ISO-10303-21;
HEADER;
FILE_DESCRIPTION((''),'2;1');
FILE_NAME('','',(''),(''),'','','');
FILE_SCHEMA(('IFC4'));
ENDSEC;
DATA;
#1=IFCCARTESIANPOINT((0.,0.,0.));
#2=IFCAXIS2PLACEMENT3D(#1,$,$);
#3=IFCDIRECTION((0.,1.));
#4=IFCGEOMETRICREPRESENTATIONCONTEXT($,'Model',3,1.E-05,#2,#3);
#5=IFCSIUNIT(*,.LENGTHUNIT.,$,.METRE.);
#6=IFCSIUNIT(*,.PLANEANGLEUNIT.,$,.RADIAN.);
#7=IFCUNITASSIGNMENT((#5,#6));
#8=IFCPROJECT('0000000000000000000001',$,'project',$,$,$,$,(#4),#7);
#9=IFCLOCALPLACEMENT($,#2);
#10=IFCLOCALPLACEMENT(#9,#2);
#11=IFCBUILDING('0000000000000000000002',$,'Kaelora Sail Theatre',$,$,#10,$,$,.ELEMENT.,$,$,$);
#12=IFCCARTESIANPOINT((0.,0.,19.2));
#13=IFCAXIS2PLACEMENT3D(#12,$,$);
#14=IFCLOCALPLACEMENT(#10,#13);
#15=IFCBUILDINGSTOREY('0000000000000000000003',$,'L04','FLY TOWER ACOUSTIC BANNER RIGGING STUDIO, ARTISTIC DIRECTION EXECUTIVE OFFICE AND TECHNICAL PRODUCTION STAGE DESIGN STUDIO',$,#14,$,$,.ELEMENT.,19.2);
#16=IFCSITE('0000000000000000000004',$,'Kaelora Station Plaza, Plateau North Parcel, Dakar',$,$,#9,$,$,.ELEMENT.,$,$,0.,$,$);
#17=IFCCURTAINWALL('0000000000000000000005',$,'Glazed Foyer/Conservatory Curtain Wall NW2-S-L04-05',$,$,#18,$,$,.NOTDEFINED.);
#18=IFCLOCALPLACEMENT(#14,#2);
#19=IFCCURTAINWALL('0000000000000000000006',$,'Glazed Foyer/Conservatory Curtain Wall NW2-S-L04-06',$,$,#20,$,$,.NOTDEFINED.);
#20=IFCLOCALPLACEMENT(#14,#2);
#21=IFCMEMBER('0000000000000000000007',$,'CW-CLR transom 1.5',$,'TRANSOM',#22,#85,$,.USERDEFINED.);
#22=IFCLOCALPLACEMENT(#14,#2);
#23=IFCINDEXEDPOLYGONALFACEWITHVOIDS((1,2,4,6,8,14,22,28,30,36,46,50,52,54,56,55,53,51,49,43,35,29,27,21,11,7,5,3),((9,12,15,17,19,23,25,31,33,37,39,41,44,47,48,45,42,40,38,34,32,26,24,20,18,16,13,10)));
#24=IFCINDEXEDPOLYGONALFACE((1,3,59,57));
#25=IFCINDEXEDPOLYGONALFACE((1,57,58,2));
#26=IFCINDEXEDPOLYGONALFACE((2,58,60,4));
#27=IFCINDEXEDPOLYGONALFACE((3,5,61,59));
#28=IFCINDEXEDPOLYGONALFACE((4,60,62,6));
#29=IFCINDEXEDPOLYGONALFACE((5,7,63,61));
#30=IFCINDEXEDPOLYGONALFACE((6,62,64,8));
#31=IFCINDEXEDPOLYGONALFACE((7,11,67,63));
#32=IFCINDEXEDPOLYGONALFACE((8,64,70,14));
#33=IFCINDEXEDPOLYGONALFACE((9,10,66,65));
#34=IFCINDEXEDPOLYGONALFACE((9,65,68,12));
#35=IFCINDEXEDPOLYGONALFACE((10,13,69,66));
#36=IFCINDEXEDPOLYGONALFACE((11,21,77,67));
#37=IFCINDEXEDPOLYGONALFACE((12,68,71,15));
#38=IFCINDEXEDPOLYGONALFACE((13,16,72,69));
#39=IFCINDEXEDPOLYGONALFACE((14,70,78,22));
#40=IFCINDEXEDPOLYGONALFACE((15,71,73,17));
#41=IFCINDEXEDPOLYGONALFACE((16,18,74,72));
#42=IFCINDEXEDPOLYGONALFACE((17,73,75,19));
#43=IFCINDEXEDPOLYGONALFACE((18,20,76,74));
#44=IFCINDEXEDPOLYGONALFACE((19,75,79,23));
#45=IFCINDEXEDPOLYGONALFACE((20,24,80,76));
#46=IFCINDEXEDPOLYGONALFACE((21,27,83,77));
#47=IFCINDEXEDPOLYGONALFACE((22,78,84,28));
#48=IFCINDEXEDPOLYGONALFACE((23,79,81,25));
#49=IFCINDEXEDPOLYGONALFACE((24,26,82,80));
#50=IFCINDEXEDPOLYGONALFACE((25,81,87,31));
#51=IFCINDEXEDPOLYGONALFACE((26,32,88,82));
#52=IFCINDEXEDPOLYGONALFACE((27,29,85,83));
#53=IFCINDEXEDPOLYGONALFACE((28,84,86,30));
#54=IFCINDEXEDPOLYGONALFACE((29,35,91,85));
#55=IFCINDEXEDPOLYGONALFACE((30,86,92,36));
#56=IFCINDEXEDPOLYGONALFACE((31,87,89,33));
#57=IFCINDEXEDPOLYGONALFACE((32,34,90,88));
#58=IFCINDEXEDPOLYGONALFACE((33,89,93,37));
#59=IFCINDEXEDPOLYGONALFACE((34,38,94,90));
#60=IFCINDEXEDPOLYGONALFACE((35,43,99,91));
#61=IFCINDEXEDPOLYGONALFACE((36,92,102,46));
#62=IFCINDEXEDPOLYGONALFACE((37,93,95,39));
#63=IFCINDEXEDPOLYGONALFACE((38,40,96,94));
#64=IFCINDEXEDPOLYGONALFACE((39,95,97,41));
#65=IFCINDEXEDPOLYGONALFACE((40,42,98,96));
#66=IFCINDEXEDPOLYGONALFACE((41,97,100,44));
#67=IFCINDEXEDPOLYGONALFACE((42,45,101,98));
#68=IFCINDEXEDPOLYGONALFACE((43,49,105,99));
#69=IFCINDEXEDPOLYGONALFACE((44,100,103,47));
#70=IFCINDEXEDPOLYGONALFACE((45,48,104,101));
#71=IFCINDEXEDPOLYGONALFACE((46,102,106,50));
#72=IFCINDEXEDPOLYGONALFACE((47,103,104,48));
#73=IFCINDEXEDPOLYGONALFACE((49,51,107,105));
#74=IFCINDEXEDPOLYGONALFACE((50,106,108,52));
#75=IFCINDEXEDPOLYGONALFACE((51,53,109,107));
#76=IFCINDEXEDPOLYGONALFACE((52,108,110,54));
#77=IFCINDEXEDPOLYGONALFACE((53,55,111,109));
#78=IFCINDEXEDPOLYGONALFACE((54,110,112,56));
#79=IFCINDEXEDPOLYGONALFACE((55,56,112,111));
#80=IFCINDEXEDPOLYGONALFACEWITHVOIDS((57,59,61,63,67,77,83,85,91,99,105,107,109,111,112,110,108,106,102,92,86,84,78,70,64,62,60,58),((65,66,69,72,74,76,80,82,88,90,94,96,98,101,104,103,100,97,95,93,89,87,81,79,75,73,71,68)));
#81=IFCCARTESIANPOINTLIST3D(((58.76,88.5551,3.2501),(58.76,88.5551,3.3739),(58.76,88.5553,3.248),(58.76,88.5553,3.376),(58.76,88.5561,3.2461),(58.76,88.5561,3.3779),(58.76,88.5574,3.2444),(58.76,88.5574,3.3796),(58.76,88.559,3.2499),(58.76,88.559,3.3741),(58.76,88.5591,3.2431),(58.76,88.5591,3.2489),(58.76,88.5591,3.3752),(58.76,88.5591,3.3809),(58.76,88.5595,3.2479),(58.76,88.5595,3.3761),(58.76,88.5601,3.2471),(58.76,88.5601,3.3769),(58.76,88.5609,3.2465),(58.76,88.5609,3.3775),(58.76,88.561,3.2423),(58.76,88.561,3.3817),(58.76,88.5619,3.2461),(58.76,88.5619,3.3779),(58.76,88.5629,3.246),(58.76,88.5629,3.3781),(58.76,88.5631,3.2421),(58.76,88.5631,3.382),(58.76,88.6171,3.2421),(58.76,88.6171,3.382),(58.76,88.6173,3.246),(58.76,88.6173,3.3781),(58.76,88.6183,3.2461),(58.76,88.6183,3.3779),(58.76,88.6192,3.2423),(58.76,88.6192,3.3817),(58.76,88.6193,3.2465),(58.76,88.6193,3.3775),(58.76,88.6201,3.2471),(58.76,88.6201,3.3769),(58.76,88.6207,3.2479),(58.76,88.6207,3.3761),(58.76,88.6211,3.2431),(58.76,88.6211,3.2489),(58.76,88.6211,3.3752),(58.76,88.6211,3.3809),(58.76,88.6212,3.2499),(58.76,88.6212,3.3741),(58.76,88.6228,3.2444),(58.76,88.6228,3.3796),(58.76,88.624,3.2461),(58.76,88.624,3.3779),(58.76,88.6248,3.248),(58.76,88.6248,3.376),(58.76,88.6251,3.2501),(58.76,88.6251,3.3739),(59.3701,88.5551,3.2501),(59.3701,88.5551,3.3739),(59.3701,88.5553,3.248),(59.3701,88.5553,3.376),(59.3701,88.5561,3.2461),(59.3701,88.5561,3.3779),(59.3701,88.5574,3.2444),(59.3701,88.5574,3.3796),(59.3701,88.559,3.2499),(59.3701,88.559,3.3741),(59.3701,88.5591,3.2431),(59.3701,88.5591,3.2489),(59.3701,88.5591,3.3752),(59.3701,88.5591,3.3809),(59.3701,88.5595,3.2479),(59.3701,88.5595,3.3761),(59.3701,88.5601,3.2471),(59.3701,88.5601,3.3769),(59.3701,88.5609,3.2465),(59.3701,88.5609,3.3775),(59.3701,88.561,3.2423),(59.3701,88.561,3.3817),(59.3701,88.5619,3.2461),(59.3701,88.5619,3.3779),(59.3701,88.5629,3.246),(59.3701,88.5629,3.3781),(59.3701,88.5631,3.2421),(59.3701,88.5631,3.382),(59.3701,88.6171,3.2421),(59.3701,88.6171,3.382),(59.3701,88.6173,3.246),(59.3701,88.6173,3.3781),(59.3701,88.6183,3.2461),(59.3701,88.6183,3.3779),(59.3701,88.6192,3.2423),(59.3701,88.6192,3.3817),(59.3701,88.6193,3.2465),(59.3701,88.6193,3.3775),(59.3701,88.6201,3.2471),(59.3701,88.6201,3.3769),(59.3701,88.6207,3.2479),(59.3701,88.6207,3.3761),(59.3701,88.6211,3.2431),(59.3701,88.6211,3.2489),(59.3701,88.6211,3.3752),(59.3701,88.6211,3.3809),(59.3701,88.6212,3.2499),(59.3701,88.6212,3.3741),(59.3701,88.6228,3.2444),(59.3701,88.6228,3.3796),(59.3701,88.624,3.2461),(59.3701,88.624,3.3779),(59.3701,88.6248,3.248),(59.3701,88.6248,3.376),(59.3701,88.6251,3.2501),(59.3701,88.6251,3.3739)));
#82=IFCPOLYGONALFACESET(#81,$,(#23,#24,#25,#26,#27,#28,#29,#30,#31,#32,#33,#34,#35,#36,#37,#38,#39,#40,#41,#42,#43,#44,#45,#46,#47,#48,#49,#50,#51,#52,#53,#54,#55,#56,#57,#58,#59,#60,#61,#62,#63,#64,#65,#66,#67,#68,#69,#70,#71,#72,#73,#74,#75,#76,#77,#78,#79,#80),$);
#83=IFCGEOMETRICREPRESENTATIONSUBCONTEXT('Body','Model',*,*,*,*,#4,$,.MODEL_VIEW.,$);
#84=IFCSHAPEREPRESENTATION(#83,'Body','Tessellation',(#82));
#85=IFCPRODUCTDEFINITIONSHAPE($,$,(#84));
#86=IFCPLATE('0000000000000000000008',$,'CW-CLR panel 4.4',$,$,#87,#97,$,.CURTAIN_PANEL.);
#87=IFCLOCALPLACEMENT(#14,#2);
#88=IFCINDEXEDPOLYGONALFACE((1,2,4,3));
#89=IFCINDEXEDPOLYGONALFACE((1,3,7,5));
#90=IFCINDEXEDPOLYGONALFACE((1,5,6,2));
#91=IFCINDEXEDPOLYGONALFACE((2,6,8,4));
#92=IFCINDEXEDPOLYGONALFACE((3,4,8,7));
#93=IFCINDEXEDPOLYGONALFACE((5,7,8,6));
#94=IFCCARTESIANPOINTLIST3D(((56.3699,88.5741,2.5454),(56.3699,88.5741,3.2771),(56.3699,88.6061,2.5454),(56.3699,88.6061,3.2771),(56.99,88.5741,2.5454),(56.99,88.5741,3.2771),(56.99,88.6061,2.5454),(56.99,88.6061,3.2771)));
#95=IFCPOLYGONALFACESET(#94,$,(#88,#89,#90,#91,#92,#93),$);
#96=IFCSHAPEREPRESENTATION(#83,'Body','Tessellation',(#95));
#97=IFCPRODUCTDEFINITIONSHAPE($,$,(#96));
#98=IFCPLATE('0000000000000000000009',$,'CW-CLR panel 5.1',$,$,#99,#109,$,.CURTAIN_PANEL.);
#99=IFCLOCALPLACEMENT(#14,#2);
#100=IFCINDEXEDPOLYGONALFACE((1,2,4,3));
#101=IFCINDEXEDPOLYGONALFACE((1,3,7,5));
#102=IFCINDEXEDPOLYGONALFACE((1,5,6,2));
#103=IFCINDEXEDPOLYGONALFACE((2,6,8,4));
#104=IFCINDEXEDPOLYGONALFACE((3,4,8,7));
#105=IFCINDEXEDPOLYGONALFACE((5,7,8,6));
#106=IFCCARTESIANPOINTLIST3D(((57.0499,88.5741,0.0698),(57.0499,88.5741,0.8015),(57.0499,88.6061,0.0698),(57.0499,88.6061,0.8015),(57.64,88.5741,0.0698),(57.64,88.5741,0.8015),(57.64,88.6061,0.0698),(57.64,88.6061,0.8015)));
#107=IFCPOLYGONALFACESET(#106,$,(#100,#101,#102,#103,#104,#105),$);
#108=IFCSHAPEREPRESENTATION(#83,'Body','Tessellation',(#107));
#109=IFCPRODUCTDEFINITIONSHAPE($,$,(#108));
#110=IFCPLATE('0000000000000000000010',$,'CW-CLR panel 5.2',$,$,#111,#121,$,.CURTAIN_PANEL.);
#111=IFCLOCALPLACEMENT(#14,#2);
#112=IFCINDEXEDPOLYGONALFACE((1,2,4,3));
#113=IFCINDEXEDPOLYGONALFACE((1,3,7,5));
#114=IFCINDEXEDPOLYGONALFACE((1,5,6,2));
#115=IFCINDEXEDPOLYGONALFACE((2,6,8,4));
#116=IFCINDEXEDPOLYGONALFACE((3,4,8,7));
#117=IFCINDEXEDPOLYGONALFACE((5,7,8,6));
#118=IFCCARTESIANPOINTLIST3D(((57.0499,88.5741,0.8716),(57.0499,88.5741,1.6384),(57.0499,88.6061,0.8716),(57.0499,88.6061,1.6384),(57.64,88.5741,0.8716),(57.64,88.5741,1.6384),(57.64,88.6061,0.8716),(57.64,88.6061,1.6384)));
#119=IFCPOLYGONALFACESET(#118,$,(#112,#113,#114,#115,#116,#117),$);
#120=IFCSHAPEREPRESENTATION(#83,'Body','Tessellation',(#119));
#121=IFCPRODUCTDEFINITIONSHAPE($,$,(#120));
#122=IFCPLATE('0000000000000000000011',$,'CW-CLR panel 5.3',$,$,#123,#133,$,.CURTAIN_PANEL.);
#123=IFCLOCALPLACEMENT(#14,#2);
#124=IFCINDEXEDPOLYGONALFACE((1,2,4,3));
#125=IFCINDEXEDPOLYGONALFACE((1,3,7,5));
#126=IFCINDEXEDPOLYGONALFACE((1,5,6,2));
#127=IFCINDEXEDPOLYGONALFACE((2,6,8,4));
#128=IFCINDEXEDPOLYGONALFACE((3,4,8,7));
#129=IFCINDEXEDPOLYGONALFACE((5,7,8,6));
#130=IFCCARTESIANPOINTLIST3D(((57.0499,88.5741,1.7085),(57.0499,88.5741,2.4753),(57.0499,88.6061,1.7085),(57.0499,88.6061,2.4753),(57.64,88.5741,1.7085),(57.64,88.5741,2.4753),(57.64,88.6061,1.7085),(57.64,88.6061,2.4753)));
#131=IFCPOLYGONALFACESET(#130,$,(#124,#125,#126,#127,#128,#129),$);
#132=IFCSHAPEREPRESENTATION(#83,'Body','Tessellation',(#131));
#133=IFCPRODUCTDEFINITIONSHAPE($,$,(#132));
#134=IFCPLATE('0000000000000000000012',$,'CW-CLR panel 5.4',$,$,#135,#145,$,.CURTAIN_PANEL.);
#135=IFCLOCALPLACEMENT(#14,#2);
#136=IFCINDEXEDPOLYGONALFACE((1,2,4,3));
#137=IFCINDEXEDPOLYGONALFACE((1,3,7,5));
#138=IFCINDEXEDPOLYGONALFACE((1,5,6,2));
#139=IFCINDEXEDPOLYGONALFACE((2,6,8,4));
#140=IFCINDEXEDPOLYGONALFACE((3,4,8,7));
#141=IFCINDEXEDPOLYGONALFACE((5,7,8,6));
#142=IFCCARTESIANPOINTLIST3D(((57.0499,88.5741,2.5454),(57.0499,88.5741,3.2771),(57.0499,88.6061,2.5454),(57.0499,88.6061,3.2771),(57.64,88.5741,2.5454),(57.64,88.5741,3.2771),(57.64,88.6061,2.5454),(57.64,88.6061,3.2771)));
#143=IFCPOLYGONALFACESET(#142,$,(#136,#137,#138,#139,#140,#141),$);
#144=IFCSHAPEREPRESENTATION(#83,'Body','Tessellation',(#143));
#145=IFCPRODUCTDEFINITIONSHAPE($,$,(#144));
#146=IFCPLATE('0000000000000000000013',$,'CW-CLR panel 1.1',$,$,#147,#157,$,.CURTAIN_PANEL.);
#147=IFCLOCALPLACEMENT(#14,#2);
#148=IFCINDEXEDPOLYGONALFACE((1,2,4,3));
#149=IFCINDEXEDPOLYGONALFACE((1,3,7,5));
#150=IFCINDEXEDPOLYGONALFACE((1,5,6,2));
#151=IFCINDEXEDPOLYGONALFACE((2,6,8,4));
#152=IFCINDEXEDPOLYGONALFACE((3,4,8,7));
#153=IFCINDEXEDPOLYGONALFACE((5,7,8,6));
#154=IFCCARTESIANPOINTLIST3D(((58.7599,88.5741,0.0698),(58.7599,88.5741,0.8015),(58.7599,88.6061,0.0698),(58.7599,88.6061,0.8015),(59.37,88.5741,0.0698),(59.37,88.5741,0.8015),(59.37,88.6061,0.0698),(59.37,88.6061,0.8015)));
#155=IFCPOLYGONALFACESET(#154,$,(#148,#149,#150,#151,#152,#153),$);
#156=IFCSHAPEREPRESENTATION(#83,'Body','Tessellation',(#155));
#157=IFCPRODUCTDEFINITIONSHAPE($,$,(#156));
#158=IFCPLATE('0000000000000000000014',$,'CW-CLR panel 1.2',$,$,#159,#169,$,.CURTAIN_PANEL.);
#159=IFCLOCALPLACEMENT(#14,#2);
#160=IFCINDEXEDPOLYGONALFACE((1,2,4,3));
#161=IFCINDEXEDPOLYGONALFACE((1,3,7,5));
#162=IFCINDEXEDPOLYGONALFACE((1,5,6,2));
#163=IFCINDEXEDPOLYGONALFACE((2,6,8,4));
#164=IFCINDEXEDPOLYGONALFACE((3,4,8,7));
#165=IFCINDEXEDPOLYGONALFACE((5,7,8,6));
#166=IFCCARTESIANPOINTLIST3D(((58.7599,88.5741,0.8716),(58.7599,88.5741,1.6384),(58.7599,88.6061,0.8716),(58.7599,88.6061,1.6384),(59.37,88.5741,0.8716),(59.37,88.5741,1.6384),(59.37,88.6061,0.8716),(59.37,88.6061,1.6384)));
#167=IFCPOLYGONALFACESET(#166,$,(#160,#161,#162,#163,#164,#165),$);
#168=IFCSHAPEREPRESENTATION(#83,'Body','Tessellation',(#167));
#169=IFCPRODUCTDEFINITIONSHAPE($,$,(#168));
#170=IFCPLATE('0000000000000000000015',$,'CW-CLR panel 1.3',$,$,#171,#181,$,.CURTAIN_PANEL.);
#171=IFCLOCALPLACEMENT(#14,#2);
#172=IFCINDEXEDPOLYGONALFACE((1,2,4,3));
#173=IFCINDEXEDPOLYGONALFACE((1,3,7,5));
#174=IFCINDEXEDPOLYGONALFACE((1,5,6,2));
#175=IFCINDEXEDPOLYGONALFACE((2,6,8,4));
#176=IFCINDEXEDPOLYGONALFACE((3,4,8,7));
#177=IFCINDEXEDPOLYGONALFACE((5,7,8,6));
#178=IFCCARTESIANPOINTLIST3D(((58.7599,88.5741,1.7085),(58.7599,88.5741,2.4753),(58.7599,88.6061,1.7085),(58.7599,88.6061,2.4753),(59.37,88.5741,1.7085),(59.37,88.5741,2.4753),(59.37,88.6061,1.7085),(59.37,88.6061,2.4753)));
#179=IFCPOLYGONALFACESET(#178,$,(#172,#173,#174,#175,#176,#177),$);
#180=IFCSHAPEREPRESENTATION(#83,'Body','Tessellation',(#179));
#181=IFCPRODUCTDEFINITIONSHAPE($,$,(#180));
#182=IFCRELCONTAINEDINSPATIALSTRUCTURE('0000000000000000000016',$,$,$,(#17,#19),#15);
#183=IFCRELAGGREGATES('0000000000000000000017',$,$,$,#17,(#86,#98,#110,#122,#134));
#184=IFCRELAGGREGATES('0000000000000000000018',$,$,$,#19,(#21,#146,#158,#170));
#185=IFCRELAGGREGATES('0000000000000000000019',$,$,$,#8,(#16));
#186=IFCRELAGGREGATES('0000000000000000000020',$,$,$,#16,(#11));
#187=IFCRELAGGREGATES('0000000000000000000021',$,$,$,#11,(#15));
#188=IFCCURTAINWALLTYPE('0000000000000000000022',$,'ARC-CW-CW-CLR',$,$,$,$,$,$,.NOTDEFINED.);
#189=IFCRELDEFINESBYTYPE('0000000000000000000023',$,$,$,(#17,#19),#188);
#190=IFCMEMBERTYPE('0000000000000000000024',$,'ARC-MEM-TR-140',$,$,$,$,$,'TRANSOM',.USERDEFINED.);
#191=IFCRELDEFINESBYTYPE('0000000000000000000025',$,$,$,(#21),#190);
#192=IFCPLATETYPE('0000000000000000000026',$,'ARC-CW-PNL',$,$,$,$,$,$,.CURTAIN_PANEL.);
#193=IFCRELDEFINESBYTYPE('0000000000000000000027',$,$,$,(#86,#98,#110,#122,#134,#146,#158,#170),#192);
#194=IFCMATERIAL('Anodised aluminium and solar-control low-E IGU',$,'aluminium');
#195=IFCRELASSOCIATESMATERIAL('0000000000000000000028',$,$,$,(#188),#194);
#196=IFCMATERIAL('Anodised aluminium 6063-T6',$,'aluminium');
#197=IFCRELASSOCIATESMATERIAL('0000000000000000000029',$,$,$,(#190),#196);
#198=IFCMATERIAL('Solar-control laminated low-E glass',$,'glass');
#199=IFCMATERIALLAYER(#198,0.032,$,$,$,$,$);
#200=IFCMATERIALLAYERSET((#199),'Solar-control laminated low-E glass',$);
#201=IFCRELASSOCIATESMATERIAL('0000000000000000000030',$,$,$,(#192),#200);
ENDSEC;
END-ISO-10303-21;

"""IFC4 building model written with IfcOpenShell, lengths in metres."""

from ifc_helpers import new_model, si_unit, direction, frame, origin, origin_2d, place, context, subcontext, project, spatial, rectangle, hollow_rectangle, extrude, material, layer, layer_set, material_profile, profile_set, type_object, element, aggregate, save


model = new_model("IFC4")

# Units and contexts
model_context = context("Model", 3, precision=1e-05, world=origin(), true_north=direction((0.0, 1.0)))
body_context = subcontext(model_context, "Body", "Model", "MODEL_VIEW")
ifc_project = project(units=[si_unit("LENGTHUNIT", "METRE"), si_unit("PLANEANGLEUNIT", "RADIAN")], contexts=[model_context])

# Site, building, storey
site_placement = place(None, origin())
site = spatial("IfcSite", under=ifc_project, at=site_placement, Name="Kaelora Station Plaza, Plateau North Parcel, Dakar", CompositionType="ELEMENT", RefElevation=0.0)
building_placement = place(site_placement, origin())
building = spatial("IfcBuilding", under=site, at=building_placement, Name="Kaelora Sail Theatre", CompositionType="ELEMENT")
storey_placement = place(building_placement, frame((0.0, 0.0, 19.2)))
storey = spatial("IfcBuildingStorey", under=building, at=storey_placement, Name="L04", Description="FLY TOWER ACOUSTIC BANNER RIGGING STUDIO, ARTISTIC DIRECTION EXECUTIVE OFFICE AND TECHNICAL PRODUCTION STAGE DESIGN STUDIO", CompositionType="ELEMENT", Elevation=19.2)

# Curtain wall
ifc_material_1 = material(Name="Anodised aluminium and solar-control low-E IGU", Category="aluminium")
curtain_wall_type = type_object("IfcCurtainWallType", Name="ARC-CW-CW-CLR", PredefinedType="NOTDEFINED", material=ifc_material_1)
curtain_wall_1_placement = place(storey_placement, origin())
curtain_wall_1 = element("IfcCurtainWall", 1, at=curtain_wall_1_placement, inside=storey, type_object=curtain_wall_type, Name="Glazed Foyer/Conservatory Curtain Wall NW2-S-L04-05", PredefinedType="NOTDEFINED")

# Curtain wall
curtain_wall_2_placement = place(storey_placement, origin())
curtain_wall_2 = element("IfcCurtainWall", 2, at=curtain_wall_2_placement, inside=storey, type_object=curtain_wall_type, Name="Glazed Foyer/Conservatory Curtain Wall NW2-S-L04-06", PredefinedType="NOTDEFINED")

# Member
ifc_material_2 = material(Name="Anodised aluminium 6063-T6", Category="aluminium")
ifc_material_profile_1 = material_profile(ifc_material_2, hollow_rectangle(XDim=0.0701, YDim=0.1399, WallThickness=0.0039, InnerFilletRadius=0.0039, OuterFilletRadius=0.0081, at=origin_2d()), Name="ALU-TRAN 70x140x4")
ifc_profile_set_1 = profile_set([ifc_material_profile_1], Name="Anodised aluminium 6063-T6")
member_type_1 = type_object("IfcMemberType", Name="ARC-MEM-TR-140", ElementType="TRANSOM", PredefinedType="USERDEFINED", material=ifc_profile_set_1)
member_1_placement = place(storey_placement, frame((58.76, 88.5901, 3.312), z_axis=(1.0, 0.0, 0.0), x_axis=(0.0, 1.0, 0.0)))
member_1 = element("IfcMember", 3, at=member_1_placement, type_object=member_type_1, Name="CW-CLR transom 1.5", ObjectType="TRANSOM", PredefinedType="USERDEFINED", context=body_context, shape_type="SweptSolid", body=[
    extrude(hollow_rectangle(XDim=0.0701, YDim=0.1399, WallThickness=0.0039, InnerFilletRadius=0.0039, OuterFilletRadius=0.0081, at=origin_2d()), origin(), (0.0, 0.0, 1.0), 0.6101),
])

# Plates
ifc_material_3 = material(Name="Solar-control laminated low-E glass", Category="glass")
ifc_layer = layer(ifc_material_3, 0.032)
ifc_layer_set = layer_set([ifc_layer], Name="Solar-control laminated low-E glass")
plate_type = type_object("IfcPlateType", Name="ARC-CW-PNL", PredefinedType="CURTAIN_PANEL", material=ifc_layer_set)
plate_1_placement = place(storey_placement, frame((56.6799, 88.5901, 2.5454), z_axis=(0.0, 0.0, 1.0), x_axis=(1.0, 0.0, 0.0)))
plate_1 = element("IfcPlate", 4, at=plate_1_placement, type_object=plate_type, Name="CW-CLR panel 4.4", PredefinedType="CURTAIN_PANEL", context=body_context, shape_type="SweptSolid", body=[
    extrude(rectangle(XDim=0.6201, YDim=0.032, at=origin_2d()), origin(), (0.0, 0.0, 1.0), 0.7317),
])
plate_2_placement = place(storey_placement, frame((57.345, 88.5901, 0.0698), z_axis=(0.0, 0.0, 1.0), x_axis=(1.0, 0.0, 0.0)))
plate_2 = element("IfcPlate", 5, at=plate_2_placement, type_object=plate_type, Name="CW-CLR panel 5.1", PredefinedType="CURTAIN_PANEL", context=body_context, shape_type="SweptSolid", body=[
    extrude(rectangle(XDim=0.5901, YDim=0.032, at=origin_2d()), origin(), (0.0, 0.0, 1.0), 0.7317),
])
plate_3_placement = place(storey_placement, frame((57.345, 88.5901, 0.8716), z_axis=(0.0, 0.0, 1.0), x_axis=(1.0, 0.0, 0.0)))
plate_3 = element("IfcPlate", 6, at=plate_3_placement, type_object=plate_type, Name="CW-CLR panel 5.2", PredefinedType="CURTAIN_PANEL", context=body_context, shape_type="SweptSolid", body=[
    extrude(rectangle(XDim=0.5901, YDim=0.032, at=origin_2d()), origin(), (0.0, 0.0, 1.0), 0.7668),
])
plate_4_placement = place(storey_placement, frame((57.345, 88.5901, 1.7085), z_axis=(0.0, 0.0, 1.0), x_axis=(1.0, 0.0, 0.0)))
plate_4 = element("IfcPlate", 7, at=plate_4_placement, type_object=plate_type, Name="CW-CLR panel 5.3", PredefinedType="CURTAIN_PANEL", context=body_context, shape_type="SweptSolid", body=[
    extrude(rectangle(XDim=0.5901, YDim=0.032, at=origin_2d()), origin(), (0.0, 0.0, 1.0), 0.7668),
])
plate_5_placement = place(storey_placement, frame((57.345, 88.5901, 2.5454), z_axis=(0.0, 0.0, 1.0), x_axis=(1.0, 0.0, 0.0)))
plate_5 = element("IfcPlate", 8, at=plate_5_placement, type_object=plate_type, Name="CW-CLR panel 5.4", PredefinedType="CURTAIN_PANEL", context=body_context, shape_type="SweptSolid", body=[
    extrude(rectangle(XDim=0.5901, YDim=0.032, at=origin_2d()), origin(), (0.0, 0.0, 1.0), 0.7317),
])
aggregate(curtain_wall_1, [plate_1, plate_2, plate_3, plate_4, plate_5])
plate_6_placement = place(storey_placement, frame((59.0649, 88.5901, 0.0698), z_axis=(0.0, 0.0, 1.0), x_axis=(1.0, 0.0, 0.0)))
plate_6 = element("IfcPlate", 9, at=plate_6_placement, type_object=plate_type, Name="CW-CLR panel 1.1", PredefinedType="CURTAIN_PANEL", context=body_context, shape_type="SweptSolid", body=[
    extrude(rectangle(XDim=0.6101, YDim=0.032, at=origin_2d()), origin(), (0.0, 0.0, 1.0), 0.7317),
])
plate_7_placement = place(storey_placement, frame((59.0649, 88.5901, 0.8716), z_axis=(0.0, 0.0, 1.0), x_axis=(1.0, 0.0, 0.0)))
plate_7 = element("IfcPlate", 10, at=plate_7_placement, type_object=plate_type, Name="CW-CLR panel 1.2", PredefinedType="CURTAIN_PANEL", context=body_context, shape_type="SweptSolid", body=[
    extrude(rectangle(XDim=0.6101, YDim=0.032, at=origin_2d()), origin(), (0.0, 0.0, 1.0), 0.7668),
])
plate_8_placement = place(storey_placement, frame((59.0649, 88.5901, 1.7085), z_axis=(0.0, 0.0, 1.0), x_axis=(1.0, 0.0, 0.0)))
plate_8 = element("IfcPlate", 11, at=plate_8_placement, type_object=plate_type, Name="CW-CLR panel 1.3", PredefinedType="CURTAIN_PANEL", context=body_context, shape_type="SweptSolid", body=[
    extrude(rectangle(XDim=0.6101, YDim=0.032, at=origin_2d()), origin(), (0.0, 0.0, 1.0), 0.7668),
])
aggregate(curtain_wall_2, [member_1, plate_6, plate_7, plate_8])

save(model, "model.ifc")
